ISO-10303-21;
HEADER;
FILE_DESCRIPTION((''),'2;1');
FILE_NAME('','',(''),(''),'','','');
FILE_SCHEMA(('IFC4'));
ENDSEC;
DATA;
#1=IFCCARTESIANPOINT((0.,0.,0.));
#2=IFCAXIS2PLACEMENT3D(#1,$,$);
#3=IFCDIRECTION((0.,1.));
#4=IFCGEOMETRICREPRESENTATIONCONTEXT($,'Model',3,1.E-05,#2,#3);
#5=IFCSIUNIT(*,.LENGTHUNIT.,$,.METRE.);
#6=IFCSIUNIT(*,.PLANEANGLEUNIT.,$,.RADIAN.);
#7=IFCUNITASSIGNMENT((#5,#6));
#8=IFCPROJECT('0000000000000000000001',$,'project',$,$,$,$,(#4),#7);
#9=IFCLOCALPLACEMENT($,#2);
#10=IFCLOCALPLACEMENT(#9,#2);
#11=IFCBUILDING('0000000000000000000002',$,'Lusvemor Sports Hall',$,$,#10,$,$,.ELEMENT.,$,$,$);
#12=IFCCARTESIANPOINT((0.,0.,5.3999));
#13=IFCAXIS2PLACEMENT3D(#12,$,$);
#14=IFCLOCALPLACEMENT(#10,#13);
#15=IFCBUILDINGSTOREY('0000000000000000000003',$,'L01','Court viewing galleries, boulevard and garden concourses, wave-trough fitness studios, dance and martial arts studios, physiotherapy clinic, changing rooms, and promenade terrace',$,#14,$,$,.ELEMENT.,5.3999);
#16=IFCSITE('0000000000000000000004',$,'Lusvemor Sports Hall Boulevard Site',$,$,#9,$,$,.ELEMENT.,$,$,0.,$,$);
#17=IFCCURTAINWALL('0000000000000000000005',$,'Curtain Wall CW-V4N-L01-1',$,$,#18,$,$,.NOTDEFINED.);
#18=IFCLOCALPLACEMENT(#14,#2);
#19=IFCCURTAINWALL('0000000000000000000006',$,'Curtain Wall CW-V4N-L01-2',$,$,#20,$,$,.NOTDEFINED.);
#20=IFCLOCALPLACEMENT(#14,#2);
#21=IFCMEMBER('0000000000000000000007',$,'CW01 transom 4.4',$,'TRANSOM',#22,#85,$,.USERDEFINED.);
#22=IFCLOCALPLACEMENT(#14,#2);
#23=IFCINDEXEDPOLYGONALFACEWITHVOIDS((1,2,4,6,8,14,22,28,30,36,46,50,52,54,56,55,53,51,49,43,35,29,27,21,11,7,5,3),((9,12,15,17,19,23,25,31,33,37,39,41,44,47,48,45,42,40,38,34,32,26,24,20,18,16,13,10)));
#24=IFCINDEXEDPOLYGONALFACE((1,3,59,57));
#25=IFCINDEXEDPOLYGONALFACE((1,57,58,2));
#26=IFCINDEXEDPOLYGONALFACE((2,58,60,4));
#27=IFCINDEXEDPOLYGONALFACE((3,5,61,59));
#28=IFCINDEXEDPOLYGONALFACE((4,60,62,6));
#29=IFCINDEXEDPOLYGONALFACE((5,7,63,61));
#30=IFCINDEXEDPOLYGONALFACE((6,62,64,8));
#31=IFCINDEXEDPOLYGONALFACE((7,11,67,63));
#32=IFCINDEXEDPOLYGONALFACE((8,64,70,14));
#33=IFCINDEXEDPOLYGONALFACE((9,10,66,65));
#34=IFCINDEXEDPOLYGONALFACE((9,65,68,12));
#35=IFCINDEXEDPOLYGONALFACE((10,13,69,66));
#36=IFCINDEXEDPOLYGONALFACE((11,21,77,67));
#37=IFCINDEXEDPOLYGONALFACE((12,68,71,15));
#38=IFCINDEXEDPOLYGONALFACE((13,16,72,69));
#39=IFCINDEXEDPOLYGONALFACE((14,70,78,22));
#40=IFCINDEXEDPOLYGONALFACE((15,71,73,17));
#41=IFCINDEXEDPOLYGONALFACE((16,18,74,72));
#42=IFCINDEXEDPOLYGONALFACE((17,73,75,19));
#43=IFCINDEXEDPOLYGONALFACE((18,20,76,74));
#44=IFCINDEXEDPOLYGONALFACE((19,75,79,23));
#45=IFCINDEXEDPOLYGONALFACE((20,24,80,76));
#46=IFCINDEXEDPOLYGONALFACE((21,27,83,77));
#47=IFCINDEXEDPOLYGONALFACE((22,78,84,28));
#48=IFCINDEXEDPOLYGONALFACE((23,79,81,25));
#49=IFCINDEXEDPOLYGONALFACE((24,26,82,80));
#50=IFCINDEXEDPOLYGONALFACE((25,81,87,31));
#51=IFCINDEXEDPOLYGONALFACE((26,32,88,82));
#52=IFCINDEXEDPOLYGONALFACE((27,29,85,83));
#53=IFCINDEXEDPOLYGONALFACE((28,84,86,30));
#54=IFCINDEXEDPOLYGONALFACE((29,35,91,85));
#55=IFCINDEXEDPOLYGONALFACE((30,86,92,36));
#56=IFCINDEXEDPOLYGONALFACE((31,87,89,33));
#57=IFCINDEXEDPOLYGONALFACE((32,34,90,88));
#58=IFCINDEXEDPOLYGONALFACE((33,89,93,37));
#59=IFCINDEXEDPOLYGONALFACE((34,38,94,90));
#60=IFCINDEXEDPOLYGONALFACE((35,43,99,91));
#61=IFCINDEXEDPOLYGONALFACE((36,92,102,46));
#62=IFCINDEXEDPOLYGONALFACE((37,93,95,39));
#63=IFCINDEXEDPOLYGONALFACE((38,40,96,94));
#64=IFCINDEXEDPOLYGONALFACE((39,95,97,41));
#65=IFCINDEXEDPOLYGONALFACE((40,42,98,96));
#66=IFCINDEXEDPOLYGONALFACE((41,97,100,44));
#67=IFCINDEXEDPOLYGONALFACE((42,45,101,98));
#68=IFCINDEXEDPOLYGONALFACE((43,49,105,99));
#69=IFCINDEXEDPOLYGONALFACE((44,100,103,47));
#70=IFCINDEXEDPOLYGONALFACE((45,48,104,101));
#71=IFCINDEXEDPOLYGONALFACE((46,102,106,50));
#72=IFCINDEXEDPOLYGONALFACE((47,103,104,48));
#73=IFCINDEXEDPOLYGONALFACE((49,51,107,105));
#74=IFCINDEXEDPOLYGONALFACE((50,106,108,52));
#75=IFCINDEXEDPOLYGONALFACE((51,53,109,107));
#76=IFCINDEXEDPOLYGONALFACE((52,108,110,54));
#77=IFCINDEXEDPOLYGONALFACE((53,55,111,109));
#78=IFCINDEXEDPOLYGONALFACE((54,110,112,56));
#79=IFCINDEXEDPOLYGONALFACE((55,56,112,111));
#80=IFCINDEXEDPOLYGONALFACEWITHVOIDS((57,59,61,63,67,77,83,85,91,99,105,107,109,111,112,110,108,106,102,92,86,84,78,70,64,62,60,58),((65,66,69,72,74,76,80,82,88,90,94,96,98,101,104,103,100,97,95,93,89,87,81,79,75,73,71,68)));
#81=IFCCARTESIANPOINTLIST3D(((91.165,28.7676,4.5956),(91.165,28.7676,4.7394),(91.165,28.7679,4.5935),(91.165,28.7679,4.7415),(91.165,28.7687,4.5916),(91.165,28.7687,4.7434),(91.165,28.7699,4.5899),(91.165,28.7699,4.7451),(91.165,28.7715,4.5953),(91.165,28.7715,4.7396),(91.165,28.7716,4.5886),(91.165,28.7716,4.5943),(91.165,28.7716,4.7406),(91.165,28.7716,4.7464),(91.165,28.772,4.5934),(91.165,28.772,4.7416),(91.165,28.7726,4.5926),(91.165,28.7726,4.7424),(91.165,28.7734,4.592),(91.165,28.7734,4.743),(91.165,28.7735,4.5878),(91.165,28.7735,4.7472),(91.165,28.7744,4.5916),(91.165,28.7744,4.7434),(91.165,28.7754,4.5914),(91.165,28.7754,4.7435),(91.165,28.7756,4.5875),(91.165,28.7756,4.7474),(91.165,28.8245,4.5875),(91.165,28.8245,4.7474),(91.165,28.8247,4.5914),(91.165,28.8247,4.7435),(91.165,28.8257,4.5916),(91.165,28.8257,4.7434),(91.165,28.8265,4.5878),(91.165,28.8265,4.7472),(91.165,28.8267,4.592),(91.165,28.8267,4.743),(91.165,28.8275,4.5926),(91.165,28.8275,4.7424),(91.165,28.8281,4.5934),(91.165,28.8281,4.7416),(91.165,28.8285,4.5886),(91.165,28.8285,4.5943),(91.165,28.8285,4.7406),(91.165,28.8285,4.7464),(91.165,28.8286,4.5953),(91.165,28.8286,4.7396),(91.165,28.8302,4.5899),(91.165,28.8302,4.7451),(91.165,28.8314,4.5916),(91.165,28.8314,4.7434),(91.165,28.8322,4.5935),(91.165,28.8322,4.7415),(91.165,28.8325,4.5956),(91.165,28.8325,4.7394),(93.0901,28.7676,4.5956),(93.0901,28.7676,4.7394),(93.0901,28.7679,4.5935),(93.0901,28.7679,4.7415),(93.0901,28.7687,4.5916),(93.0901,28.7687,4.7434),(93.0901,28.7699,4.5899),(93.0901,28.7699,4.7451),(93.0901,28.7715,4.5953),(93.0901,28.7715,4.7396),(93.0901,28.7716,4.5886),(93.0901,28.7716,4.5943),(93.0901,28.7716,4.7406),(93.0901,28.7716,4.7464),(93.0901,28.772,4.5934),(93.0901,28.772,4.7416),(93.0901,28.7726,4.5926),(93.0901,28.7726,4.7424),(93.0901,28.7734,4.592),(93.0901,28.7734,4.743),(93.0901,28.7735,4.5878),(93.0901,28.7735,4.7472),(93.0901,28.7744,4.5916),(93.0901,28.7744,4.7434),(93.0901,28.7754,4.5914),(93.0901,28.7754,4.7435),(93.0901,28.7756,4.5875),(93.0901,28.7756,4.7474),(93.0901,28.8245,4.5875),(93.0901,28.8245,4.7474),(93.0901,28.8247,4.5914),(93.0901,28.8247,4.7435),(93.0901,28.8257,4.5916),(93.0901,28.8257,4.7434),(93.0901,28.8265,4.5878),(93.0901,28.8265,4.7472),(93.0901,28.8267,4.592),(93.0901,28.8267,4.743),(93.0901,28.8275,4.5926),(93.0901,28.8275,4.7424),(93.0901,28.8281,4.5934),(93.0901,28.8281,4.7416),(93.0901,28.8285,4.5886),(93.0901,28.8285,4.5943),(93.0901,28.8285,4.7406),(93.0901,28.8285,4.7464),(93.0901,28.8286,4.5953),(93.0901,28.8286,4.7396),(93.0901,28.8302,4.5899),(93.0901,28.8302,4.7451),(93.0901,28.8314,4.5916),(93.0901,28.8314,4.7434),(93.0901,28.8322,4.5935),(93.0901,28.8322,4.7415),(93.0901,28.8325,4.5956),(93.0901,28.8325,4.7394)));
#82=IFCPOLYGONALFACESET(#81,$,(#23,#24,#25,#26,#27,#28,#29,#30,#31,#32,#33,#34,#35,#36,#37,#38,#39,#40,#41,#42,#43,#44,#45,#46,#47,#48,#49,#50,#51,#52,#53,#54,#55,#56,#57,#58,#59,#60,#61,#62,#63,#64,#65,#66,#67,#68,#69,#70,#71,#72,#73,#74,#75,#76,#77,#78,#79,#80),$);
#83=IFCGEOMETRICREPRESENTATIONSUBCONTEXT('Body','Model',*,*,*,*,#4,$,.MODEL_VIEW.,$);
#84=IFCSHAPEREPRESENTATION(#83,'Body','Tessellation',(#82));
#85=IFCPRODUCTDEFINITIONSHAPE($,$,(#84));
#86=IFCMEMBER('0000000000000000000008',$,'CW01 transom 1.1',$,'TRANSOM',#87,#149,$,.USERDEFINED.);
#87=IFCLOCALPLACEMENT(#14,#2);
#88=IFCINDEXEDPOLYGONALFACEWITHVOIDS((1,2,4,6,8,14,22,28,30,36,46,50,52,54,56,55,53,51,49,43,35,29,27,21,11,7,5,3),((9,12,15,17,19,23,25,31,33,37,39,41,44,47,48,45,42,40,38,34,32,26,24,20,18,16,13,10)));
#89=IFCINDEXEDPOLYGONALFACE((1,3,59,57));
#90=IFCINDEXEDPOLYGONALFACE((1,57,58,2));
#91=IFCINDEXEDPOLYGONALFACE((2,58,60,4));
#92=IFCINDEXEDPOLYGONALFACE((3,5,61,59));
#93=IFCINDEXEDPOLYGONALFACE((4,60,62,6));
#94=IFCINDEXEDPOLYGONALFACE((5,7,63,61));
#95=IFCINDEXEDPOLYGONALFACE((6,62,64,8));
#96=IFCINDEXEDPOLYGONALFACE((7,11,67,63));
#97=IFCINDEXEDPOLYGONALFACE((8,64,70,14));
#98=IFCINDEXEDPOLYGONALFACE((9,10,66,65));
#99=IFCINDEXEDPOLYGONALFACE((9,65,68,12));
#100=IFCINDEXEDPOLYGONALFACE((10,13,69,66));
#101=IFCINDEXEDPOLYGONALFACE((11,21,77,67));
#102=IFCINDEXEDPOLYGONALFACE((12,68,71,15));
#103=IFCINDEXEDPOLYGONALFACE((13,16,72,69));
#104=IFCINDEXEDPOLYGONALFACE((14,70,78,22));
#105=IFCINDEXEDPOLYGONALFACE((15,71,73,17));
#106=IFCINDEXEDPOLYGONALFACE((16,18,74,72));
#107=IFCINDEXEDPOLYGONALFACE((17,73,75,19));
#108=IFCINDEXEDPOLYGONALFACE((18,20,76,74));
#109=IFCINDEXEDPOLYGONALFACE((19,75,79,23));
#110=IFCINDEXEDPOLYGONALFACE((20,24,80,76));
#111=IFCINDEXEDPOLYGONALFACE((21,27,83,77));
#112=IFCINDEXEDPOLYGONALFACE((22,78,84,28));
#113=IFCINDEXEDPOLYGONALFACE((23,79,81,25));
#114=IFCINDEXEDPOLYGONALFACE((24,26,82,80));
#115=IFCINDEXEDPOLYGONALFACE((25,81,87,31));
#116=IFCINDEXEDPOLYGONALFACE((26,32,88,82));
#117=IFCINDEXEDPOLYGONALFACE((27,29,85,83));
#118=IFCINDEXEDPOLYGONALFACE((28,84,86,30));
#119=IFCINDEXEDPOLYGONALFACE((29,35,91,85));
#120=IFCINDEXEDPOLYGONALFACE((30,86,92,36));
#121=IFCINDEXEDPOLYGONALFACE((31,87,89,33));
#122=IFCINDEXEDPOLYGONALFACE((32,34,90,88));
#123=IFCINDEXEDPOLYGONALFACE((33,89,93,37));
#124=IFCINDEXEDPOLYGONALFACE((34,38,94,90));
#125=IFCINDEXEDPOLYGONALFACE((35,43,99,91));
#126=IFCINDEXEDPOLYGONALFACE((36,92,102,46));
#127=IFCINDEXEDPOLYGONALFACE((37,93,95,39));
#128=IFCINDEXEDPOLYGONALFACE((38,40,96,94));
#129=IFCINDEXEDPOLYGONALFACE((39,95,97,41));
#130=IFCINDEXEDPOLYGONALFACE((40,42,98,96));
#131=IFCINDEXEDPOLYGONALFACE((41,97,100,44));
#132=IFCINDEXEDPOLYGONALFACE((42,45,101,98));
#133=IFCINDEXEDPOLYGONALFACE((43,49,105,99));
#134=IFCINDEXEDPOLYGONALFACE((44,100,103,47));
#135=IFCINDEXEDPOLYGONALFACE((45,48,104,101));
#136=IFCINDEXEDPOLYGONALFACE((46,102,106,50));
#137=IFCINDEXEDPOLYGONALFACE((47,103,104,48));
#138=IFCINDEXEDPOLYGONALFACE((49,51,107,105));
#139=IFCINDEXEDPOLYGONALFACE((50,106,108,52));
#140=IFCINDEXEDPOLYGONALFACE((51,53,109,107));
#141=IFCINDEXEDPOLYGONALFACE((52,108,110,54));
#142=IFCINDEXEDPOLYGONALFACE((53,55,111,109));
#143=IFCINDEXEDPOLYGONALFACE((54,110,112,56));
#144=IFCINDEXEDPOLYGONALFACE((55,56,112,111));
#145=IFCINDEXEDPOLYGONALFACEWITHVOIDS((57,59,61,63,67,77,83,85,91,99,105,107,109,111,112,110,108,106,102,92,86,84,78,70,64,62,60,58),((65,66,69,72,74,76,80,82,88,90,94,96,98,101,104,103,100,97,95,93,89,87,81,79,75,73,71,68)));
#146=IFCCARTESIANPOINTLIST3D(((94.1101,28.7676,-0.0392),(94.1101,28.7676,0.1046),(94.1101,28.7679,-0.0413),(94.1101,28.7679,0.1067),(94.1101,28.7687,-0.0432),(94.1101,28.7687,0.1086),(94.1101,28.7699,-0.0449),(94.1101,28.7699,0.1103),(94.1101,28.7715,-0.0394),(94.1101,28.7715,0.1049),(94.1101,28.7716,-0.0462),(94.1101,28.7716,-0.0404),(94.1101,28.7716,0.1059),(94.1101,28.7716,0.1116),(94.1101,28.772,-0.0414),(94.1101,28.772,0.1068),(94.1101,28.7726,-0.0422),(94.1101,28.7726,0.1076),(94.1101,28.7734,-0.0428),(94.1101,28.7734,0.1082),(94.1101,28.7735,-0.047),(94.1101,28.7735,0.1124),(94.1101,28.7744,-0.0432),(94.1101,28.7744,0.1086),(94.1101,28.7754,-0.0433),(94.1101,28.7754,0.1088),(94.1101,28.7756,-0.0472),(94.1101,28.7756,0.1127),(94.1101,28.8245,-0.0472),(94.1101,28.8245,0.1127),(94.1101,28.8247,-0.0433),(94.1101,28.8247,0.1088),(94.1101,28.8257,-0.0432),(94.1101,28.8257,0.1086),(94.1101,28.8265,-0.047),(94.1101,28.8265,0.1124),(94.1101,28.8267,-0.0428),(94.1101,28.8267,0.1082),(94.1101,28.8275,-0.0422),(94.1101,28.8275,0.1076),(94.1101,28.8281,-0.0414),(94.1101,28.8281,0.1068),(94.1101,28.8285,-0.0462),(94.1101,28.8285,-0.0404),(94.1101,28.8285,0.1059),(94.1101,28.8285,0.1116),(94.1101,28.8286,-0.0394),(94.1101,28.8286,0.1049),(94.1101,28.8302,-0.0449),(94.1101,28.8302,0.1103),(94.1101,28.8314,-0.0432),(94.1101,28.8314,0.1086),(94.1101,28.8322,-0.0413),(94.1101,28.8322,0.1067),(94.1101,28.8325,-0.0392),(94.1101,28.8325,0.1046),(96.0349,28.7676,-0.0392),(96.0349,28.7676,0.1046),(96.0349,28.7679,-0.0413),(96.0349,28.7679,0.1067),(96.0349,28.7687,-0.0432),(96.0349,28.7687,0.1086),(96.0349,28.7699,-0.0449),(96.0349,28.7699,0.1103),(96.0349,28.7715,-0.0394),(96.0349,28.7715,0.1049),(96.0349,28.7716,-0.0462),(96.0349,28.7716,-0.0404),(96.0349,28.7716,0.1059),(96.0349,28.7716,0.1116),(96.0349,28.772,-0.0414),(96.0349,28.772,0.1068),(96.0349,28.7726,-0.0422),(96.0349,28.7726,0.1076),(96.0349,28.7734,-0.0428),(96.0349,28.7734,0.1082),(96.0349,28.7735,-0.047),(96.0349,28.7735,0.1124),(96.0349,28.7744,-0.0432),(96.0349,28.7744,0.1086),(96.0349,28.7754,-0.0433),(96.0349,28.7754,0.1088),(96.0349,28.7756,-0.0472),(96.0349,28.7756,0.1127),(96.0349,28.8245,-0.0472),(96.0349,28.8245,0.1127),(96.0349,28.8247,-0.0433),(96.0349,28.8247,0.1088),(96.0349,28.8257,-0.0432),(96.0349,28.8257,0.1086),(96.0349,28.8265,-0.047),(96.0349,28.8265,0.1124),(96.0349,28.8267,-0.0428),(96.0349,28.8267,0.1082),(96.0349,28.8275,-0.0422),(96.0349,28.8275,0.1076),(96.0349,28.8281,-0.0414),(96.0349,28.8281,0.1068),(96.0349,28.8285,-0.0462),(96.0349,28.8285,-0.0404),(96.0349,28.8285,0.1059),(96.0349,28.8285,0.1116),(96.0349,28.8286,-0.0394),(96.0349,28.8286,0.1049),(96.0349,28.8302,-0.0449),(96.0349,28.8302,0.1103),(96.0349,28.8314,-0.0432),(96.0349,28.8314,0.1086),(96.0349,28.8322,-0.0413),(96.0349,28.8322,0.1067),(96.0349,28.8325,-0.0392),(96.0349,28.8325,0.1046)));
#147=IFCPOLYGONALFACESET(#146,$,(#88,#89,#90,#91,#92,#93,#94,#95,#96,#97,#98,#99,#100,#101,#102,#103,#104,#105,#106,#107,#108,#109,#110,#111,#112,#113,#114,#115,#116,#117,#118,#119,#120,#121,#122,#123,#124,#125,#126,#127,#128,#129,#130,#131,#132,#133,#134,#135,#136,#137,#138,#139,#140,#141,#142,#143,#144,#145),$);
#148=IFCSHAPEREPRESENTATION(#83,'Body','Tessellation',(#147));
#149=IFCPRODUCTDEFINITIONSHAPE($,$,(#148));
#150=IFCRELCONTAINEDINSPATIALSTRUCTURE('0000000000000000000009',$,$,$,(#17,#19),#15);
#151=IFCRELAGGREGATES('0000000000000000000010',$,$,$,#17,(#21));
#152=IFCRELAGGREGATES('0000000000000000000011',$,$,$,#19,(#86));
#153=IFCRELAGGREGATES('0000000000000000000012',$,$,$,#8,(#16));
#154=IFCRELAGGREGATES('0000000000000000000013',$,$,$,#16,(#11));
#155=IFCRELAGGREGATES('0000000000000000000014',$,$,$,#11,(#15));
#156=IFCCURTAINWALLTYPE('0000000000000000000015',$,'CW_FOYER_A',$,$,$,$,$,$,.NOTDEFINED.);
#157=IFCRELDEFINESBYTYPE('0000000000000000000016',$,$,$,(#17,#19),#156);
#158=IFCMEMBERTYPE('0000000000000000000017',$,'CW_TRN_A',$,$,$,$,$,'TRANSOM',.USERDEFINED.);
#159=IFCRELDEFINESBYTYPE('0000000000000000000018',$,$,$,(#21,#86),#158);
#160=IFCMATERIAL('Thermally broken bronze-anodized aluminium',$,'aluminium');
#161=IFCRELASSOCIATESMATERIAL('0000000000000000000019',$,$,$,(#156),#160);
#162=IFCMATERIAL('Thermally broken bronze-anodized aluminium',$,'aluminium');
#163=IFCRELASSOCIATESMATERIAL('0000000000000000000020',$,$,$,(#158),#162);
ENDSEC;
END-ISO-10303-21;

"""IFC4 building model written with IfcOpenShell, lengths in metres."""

from ifc_helpers import new_model, si_unit, direction, frame, origin, origin_2d, place, context, subcontext, project, spatial, hollow_rectangle, extrude, material, material_profile, profile_set, type_object, element, aggregate, save


model = new_model("IFC4")

# Units and contexts
model_context = context("Model", 3, precision=1e-05, world=origin(), true_north=direction((0.0, 1.0)))
body_context = subcontext(model_context, "Body", "Model", "MODEL_VIEW")
ifc_project = project(units=[si_unit("LENGTHUNIT", "METRE"), si_unit("PLANEANGLEUNIT", "RADIAN")], contexts=[model_context])

# Site, building, storey
site_placement = place(None, origin())
site = spatial("IfcSite", under=ifc_project, at=site_placement, Name="Lusvemor Sports Hall Boulevard Site", CompositionType="ELEMENT", RefElevation=0.0)
building_placement = place(site_placement, origin())
building = spatial("IfcBuilding", under=site, at=building_placement, Name="Lusvemor Sports Hall", CompositionType="ELEMENT")
storey_placement = place(building_placement, frame((0.0, 0.0, 5.3999)))
storey = spatial("IfcBuildingStorey", under=building, at=storey_placement, Name="L01", Description="Court viewing galleries, boulevard and garden concourses, wave-trough fitness studios, dance and martial arts studios, physiotherapy clinic, changing rooms, and promenade terrace", CompositionType="ELEMENT", Elevation=5.3999)

# Curtain walls
ifc_material_1 = material(Name="Thermally broken bronze-anodized aluminium", Category="aluminium")
curtain_wall_type = type_object("IfcCurtainWallType", Name="CW_FOYER_A", PredefinedType="NOTDEFINED", material=ifc_material_1)
curtain_wall_1_placement = place(storey_placement, origin())
curtain_wall_1 = element("IfcCurtainWall", 1, at=curtain_wall_1_placement, inside=storey, type_object=curtain_wall_type, Name="Curtain Wall CW-V4N-L01-1", PredefinedType="NOTDEFINED")
curtain_wall_2_placement = place(storey_placement, origin())
curtain_wall_2 = element("IfcCurtainWall", 2, at=curtain_wall_2_placement, inside=storey, type_object=curtain_wall_type, Name="Curtain Wall CW-V4N-L01-2", PredefinedType="NOTDEFINED")

# Members
ifc_material_2 = material(Name="Thermally broken bronze-anodized aluminium", Category="aluminium")
ifc_material_profile_1 = material_profile(ifc_material_2, hollow_rectangle(XDim=0.0649, YDim=0.1599, WallThickness=0.0039, InnerFilletRadius=0.0039, OuterFilletRadius=0.0081, at=origin_2d()), Name="CWTRN160x65x4")
ifc_profile_set_1 = profile_set([ifc_material_profile_1], Name="Thermally broken bronze-anodized aluminium")
member_type_1 = type_object("IfcMemberType", Name="CW_TRN_A", ElementType="TRANSOM", PredefinedType="USERDEFINED", material=ifc_profile_set_1)
member_1_placement = place(storey_placement, frame((91.165, 28.8, 4.6675), z_axis=(1.0, 0.0, 0.0), x_axis=(0.0, 1.0, 0.0)))
member_1 = element("IfcMember", 3, at=member_1_placement, type_object=member_type_1, Name="CW01 transom 4.4", ObjectType="TRANSOM", PredefinedType="USERDEFINED", context=body_context, shape_type="SweptSolid", body=[
    extrude(hollow_rectangle(XDim=0.0649, YDim=0.1599, WallThickness=0.0039, InnerFilletRadius=0.0039, OuterFilletRadius=0.0081, at=origin_2d()), origin(), (0.0, 0.0, 1.0), 1.925),
])
member_2_placement = place(storey_placement, frame((94.1101, 28.8, 0.0327), z_axis=(1.0, 0.0, 0.0), x_axis=(0.0, 1.0, 0.0)))
member_2 = element("IfcMember", 4, at=member_2_placement, type_object=member_type_1, Name="CW01 transom 1.1", ObjectType="TRANSOM", PredefinedType="USERDEFINED", context=body_context, shape_type="SweptSolid", body=[
    extrude(hollow_rectangle(XDim=0.0649, YDim=0.1599, WallThickness=0.0039, InnerFilletRadius=0.0039, OuterFilletRadius=0.0081, at=origin_2d()), origin(), (0.0, 0.0, 1.0), 1.9248),
])

aggregate(curtain_wall_1, [member_1])
aggregate(curtain_wall_2, [member_2])

save(model, "model.ifc")
